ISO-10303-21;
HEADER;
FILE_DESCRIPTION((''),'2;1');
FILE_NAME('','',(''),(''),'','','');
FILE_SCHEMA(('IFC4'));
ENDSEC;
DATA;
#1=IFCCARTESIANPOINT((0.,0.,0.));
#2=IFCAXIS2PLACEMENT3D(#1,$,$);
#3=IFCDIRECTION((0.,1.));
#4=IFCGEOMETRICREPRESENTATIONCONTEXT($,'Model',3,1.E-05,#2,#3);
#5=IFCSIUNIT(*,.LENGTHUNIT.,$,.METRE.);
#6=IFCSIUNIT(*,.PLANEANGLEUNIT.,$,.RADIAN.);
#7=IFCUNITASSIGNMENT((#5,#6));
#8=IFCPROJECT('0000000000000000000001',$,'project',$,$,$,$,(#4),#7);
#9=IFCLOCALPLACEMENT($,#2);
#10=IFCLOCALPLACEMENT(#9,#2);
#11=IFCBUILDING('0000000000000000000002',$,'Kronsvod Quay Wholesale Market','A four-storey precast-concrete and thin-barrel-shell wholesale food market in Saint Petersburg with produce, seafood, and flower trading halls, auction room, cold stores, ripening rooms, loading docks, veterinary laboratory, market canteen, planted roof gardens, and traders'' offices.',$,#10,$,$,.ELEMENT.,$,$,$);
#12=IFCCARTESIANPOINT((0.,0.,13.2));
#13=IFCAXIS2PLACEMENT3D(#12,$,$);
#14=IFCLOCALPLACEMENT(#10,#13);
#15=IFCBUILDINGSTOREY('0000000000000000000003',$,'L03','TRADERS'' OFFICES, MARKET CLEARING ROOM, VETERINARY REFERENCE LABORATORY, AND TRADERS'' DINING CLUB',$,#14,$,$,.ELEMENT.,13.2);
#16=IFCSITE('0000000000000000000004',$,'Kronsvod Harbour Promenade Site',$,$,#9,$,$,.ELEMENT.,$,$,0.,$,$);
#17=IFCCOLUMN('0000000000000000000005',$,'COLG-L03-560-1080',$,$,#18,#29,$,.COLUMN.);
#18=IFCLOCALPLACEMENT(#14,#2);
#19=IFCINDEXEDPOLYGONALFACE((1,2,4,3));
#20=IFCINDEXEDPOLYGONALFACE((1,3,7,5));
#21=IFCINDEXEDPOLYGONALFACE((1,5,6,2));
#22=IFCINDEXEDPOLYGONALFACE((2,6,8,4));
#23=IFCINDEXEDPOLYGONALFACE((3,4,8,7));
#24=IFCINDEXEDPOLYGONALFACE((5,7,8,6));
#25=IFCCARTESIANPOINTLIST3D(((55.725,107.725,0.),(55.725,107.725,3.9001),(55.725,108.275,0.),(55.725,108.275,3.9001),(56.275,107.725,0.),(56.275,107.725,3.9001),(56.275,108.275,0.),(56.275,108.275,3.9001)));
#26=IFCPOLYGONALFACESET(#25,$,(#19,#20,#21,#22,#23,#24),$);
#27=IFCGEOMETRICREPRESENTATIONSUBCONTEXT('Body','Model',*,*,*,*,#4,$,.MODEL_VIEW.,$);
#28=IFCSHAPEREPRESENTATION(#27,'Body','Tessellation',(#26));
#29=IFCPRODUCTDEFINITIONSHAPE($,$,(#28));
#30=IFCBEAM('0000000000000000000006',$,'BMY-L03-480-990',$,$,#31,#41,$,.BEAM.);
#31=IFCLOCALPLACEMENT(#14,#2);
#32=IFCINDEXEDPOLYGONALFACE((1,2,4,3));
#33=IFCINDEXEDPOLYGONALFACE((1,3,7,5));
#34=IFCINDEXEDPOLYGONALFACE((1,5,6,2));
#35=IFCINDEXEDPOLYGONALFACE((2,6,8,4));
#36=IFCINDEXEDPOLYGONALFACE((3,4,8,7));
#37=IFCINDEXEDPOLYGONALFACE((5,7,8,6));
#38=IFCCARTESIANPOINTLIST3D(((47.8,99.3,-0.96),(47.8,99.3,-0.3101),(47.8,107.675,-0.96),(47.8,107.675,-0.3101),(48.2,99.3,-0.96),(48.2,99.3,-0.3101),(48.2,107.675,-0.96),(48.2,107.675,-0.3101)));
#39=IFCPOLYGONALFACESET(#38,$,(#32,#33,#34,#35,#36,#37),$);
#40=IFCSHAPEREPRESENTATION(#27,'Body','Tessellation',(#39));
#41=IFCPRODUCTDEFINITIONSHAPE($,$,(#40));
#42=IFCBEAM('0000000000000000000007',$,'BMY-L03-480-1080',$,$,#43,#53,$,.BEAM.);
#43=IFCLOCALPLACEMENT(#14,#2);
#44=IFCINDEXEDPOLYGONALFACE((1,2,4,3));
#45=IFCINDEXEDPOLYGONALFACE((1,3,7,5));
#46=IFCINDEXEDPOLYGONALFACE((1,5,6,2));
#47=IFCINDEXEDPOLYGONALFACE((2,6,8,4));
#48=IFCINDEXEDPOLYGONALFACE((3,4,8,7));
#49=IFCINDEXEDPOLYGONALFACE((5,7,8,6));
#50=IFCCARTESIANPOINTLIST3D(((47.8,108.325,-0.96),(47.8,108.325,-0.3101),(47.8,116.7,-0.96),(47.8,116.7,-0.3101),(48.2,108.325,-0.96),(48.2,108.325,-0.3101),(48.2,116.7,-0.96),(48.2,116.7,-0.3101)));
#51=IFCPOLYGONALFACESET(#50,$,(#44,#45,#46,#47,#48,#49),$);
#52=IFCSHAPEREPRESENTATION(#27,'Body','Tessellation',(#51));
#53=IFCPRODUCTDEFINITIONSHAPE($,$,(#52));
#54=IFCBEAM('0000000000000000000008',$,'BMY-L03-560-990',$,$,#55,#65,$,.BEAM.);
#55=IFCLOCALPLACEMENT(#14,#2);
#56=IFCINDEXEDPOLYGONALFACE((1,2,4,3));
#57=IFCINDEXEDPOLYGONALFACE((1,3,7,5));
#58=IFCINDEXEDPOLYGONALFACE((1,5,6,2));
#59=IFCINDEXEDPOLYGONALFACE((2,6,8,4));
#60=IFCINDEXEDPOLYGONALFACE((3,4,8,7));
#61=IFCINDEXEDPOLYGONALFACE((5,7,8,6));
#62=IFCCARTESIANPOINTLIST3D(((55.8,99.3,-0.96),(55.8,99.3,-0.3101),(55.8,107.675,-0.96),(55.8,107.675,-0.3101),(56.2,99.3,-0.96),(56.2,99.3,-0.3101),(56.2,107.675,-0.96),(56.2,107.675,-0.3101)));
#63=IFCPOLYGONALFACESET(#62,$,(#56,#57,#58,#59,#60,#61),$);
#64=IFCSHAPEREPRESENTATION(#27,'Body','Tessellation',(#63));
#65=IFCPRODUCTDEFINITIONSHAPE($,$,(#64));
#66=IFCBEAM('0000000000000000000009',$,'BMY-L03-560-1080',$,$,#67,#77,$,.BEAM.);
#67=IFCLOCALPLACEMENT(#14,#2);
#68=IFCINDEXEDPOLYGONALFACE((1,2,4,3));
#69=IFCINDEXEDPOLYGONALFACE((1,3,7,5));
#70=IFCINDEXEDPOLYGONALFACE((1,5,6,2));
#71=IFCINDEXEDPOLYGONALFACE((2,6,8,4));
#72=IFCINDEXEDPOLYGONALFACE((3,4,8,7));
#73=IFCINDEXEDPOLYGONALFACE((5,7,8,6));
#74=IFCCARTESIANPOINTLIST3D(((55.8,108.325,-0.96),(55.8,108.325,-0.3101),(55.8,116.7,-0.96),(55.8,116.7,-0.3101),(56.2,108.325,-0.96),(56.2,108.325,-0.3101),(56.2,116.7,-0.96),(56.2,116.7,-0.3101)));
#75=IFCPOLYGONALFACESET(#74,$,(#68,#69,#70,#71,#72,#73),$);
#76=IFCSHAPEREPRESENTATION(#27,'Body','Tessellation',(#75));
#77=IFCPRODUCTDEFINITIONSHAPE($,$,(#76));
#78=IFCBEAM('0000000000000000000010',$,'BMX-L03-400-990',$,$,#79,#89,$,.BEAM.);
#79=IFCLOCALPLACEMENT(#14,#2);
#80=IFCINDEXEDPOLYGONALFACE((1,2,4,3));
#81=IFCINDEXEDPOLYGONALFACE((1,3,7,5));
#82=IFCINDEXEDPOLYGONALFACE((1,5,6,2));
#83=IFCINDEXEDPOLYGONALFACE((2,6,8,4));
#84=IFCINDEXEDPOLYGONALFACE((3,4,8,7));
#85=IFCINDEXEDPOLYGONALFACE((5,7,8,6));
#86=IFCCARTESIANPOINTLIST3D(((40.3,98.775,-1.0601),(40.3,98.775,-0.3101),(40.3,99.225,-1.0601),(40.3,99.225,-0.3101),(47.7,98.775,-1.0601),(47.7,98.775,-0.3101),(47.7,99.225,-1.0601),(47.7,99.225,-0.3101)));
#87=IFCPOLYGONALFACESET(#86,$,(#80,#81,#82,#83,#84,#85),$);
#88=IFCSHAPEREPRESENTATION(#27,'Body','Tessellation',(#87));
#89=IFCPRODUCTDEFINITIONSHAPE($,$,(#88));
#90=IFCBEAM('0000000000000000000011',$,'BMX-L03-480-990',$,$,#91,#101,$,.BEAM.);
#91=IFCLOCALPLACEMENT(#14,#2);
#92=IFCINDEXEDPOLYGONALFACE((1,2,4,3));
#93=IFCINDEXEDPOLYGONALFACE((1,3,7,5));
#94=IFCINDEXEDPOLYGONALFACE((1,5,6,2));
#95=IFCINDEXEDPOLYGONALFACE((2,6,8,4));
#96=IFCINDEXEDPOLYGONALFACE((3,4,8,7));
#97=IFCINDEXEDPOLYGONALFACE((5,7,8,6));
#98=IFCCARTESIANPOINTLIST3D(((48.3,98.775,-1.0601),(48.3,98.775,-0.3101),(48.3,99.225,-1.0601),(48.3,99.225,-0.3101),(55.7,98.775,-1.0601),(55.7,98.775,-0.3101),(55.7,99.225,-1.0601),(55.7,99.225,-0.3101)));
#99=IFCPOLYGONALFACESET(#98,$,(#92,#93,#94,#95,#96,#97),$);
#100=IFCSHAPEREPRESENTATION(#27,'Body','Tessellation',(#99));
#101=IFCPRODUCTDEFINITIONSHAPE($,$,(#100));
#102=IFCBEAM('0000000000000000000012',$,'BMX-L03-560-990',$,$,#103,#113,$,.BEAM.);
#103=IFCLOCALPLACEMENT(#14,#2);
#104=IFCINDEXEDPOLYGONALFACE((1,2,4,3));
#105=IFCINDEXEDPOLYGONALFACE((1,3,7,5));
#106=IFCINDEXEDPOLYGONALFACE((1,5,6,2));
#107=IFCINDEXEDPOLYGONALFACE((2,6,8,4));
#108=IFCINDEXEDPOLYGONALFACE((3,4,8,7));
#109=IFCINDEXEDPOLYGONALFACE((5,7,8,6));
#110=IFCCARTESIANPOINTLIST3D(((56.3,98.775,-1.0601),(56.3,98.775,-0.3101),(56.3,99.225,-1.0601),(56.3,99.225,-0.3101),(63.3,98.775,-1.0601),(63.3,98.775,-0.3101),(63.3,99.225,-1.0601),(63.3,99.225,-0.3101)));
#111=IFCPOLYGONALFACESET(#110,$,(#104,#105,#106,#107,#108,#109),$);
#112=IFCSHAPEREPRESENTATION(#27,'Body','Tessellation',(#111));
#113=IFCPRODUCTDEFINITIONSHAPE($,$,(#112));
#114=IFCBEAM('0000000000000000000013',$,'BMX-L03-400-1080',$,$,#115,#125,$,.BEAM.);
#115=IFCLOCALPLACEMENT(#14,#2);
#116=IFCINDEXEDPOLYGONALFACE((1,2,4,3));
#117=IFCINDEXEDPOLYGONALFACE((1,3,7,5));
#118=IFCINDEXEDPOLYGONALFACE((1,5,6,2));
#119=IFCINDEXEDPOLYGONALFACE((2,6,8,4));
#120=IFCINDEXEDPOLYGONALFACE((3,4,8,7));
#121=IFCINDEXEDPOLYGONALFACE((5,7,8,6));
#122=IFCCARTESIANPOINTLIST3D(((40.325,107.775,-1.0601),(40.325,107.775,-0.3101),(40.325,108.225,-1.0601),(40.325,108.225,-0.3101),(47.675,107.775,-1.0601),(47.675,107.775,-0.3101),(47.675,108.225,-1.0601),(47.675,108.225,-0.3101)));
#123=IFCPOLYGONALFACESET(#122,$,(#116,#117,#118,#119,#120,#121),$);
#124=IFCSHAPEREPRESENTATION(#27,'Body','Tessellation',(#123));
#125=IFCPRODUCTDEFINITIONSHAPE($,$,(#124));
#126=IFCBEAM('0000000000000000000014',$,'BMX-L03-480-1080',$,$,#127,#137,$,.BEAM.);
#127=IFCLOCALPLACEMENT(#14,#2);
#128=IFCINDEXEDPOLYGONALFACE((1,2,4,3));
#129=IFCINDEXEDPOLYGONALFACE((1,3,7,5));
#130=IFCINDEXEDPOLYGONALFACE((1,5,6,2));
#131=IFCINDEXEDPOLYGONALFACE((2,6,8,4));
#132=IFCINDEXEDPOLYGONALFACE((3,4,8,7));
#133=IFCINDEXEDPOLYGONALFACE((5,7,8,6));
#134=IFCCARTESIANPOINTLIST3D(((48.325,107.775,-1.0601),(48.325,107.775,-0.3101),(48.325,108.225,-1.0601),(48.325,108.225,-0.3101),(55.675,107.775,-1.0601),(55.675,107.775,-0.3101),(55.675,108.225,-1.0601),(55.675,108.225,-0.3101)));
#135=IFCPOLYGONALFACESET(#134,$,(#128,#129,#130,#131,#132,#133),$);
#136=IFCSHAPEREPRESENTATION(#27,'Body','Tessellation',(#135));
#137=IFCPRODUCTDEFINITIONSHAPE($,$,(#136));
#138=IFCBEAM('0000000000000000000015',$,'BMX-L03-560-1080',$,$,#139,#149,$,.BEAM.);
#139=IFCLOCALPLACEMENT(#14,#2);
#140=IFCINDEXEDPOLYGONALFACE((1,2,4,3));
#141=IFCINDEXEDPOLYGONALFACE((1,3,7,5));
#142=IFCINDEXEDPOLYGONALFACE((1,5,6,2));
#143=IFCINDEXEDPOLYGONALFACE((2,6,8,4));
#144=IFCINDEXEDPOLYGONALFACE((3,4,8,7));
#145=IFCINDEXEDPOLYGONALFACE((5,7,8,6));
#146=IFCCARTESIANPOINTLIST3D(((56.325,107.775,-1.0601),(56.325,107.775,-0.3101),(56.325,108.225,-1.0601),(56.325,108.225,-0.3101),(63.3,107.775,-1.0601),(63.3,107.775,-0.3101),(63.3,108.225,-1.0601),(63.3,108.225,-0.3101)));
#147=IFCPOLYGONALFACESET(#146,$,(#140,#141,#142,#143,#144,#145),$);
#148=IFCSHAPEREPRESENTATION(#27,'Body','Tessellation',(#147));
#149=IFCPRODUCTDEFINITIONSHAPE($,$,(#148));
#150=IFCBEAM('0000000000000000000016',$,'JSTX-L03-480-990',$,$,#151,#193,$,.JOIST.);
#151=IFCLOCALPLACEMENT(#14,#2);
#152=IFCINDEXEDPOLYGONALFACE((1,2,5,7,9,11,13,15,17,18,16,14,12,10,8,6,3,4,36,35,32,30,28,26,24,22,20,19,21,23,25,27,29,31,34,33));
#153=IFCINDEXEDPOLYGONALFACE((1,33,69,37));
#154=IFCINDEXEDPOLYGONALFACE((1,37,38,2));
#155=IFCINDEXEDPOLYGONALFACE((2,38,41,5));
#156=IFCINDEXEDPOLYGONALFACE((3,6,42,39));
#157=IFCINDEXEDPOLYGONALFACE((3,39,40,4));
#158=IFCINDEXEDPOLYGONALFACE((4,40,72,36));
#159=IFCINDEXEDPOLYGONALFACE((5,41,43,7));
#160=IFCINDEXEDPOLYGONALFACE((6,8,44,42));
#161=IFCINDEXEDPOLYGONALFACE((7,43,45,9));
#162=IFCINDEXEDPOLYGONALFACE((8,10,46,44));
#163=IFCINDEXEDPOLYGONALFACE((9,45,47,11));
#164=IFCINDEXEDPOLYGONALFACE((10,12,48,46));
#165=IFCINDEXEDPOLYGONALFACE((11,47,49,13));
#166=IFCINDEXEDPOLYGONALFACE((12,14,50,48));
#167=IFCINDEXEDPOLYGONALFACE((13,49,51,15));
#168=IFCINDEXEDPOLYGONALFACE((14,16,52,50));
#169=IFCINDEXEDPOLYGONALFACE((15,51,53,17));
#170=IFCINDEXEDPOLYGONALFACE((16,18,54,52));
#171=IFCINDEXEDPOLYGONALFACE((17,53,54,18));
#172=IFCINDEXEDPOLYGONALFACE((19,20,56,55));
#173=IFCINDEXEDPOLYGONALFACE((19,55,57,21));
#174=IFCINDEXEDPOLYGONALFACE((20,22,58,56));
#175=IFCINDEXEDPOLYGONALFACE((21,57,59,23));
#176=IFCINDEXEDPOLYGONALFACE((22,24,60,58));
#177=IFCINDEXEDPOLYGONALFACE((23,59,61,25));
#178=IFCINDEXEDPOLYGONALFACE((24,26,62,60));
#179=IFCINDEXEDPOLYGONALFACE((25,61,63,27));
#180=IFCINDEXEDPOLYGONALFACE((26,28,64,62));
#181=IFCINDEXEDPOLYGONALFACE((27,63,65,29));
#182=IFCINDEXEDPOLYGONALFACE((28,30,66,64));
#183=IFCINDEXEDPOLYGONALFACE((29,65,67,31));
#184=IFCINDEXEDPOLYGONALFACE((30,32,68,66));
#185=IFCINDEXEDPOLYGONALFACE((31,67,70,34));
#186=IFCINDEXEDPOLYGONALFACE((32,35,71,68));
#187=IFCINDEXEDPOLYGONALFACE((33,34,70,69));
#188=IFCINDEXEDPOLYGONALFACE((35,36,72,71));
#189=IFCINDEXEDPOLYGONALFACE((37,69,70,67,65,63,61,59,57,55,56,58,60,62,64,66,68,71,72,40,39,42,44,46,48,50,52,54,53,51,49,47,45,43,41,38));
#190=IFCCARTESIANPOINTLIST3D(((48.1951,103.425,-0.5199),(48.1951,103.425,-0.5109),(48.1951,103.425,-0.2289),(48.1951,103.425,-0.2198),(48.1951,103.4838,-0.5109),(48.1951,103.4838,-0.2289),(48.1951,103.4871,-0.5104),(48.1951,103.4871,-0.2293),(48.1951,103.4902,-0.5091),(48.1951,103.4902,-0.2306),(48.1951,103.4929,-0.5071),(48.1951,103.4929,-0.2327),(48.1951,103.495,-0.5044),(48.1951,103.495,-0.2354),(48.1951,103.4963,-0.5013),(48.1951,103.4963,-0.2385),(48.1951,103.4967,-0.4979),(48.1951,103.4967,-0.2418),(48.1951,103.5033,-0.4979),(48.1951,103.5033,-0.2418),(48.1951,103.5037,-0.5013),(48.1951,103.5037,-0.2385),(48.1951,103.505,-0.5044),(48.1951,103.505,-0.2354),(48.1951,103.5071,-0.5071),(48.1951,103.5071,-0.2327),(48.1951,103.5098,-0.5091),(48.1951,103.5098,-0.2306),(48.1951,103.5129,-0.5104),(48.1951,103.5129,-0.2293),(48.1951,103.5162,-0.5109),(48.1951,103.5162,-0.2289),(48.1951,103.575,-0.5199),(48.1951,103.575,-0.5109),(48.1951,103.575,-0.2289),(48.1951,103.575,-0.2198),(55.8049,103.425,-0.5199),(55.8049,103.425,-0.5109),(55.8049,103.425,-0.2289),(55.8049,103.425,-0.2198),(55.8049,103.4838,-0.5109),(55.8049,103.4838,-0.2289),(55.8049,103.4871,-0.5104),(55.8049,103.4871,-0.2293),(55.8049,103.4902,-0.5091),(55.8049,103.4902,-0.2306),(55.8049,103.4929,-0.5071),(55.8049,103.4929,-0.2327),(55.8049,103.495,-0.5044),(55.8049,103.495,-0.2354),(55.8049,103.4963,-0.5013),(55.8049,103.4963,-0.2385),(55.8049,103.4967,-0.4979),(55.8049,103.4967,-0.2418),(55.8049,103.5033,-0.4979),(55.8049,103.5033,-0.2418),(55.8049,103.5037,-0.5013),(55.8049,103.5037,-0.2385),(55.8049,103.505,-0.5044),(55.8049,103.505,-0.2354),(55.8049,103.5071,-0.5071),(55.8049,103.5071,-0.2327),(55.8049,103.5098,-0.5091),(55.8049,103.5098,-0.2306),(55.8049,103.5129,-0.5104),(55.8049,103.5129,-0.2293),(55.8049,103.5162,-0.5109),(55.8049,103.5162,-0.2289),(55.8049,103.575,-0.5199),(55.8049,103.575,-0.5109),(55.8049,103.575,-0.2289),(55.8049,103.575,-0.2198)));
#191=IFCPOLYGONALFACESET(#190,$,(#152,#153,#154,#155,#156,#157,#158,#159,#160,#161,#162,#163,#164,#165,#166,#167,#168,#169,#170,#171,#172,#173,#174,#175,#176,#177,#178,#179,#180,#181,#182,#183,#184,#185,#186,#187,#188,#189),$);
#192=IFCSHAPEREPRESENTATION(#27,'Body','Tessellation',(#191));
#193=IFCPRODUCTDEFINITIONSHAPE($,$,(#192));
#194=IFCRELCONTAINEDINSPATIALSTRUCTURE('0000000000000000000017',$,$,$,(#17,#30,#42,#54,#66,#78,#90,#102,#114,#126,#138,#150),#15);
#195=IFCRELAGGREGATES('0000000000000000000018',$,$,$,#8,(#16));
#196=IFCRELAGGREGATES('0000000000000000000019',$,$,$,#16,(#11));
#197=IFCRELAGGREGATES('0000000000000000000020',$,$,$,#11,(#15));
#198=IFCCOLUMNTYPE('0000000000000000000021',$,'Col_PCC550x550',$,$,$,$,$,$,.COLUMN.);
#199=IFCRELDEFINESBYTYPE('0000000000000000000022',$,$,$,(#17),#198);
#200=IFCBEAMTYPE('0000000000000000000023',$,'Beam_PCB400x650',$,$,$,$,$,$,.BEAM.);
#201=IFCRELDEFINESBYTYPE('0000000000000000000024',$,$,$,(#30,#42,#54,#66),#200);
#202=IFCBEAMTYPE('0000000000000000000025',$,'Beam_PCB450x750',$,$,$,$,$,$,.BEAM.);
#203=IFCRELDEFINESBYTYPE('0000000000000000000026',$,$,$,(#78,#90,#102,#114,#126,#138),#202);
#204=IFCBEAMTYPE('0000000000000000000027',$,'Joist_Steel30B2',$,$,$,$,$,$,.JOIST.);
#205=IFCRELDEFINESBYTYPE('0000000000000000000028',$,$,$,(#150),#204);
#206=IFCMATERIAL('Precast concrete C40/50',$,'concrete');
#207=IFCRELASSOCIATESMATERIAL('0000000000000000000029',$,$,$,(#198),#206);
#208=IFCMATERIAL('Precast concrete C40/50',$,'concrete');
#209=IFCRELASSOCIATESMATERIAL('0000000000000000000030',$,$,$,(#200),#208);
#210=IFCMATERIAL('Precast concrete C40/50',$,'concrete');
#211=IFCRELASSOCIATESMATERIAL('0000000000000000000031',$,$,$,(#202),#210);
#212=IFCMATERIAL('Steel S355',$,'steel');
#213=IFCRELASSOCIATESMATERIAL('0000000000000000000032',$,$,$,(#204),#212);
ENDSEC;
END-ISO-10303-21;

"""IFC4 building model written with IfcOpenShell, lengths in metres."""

from ifc_helpers import new_model, si_unit, direction, frame, origin, origin_2d, place, context, subcontext, project, spatial, rectangle, i_section, extrude, material, material_profile, profile_set, type_object, element, save


model = new_model("IFC4")

# Units and contexts
model_context = context("Model", 3, precision=1e-05, world=origin(), true_north=direction((0.0, 1.0)))
body_context = subcontext(model_context, "Body", "Model", "MODEL_VIEW")
ifc_project = project(units=[si_unit("LENGTHUNIT", "METRE"), si_unit("PLANEANGLEUNIT", "RADIAN")], contexts=[model_context])

# Site, building, storey
site_placement = place(None, origin())
site = spatial("IfcSite", under=ifc_project, at=site_placement, Name="Kronsvod Harbour Promenade Site", CompositionType="ELEMENT", RefElevation=0.0)
building_placement = place(site_placement, origin())
building = spatial("IfcBuilding", under=site, at=building_placement, Name="Kronsvod Quay Wholesale Market", Description="A four-storey precast-concrete and thin-barrel-shell wholesale food market in Saint Petersburg with produce, seafood, and flower trading halls, auction room, cold stores, ripening rooms, loading docks, veterinary laboratory, market canteen, planted roof gardens, and traders' offices.", CompositionType="ELEMENT")
storey_placement = place(building_placement, frame((0.0, 0.0, 13.2)))
storey = spatial("IfcBuildingStorey", under=building, at=storey_placement, Name="L03", Description="TRADERS' OFFICES, MARKET CLEARING ROOM, VETERINARY REFERENCE LABORATORY, AND TRADERS' DINING CLUB", CompositionType="ELEMENT", Elevation=13.2)

# Column
ifc_material_1 = material(Name="Precast concrete C40/50", Category="concrete")
ifc_material_profile_1 = material_profile(ifc_material_1, rectangle(XDim=0.55, YDim=0.55, at=origin_2d()), Name="COL-09")
ifc_profile_set_1 = profile_set([ifc_material_profile_1], Name="Precast concrete C40/50")
column_type = type_object("IfcColumnType", Name="Col_PCC550x550", PredefinedType="COLUMN", material=ifc_profile_set_1)
column_placement = place(storey_placement, frame((56.0, 108.0, 0.0), z_axis=(0.0, 0.0, 1.0), x_axis=(1.0, 0.0, 0.0)))
element("IfcColumn", 1, at=column_placement, inside=storey, type_object=column_type, Name="COLG-L03-560-1080", PredefinedType="COLUMN", context=body_context, shape_type="SweptSolid", body=[
    extrude(rectangle(XDim=0.55, YDim=0.55, at=origin_2d()), origin(), (0.0, 0.0, 1.0), 3.9001),
])

# Beams
ifc_material_2 = material(Name="Precast concrete C40/50", Category="concrete")
ifc_material_profile_2 = material_profile(ifc_material_2, rectangle(XDim=0.3999, YDim=0.6499, at=origin_2d()), Name="PCB400x650")
ifc_profile_set_2 = profile_set([ifc_material_profile_2], Name="Precast concrete C40/50")
beam_type_1 = type_object("IfcBeamType", Name="Beam_PCB400x650", PredefinedType="BEAM", material=ifc_profile_set_2)
for number, where, z_axis, x_axis, name in (
    (2, (48.0, 99.3, -0.635), (0.0, 1.0, 0.0), (-1.0, 0.0, 0.0), "BMY-L03-480-990"),
    (3, (48.0, 108.325, -0.635), (0.0, 1.0, 0.0), (-1.0, 0.0, 0.0), "BMY-L03-480-1080"),
    (4, (56.0, 99.3, -0.635), (0.0, 1.0, 0.0), (-1.0, 0.0, 0.0), "BMY-L03-560-990"),
    (5, (56.0, 108.325, -0.635), (0.0, 1.0, 0.0), (-1.0, 0.0, 0.0), "BMY-L03-560-1080"),
):
    element("IfcBeam", number, at=place(storey_placement, frame(where, z_axis=z_axis, x_axis=x_axis)), inside=storey, type_object=beam_type_1, Name=name, PredefinedType="BEAM", context=body_context, shape_type="SweptSolid", body=[
        extrude(rectangle(XDim=0.3999, YDim=0.6499, at=origin_2d()), origin(), (0.0, 0.0, 1.0), 8.375),
    ])
ifc_material_3 = material(Name="Precast concrete C40/50", Category="concrete")
ifc_material_profile_3 = material_profile(ifc_material_3, rectangle(XDim=0.45, YDim=0.75, at=origin_2d()), Name="PCB450x750")
ifc_profile_set_3 = profile_set([ifc_material_profile_3], Name="Precast concrete C40/50")
beam_type_2 = type_object("IfcBeamType", Name="Beam_PCB450x750", PredefinedType="BEAM", material=ifc_profile_set_3)
for number, where, z_axis, x_axis, name in (
    (6, (40.3, 99.0, -0.6851), (1.0, 0.0, 0.0), (0.0, 1.0, 0.0), "BMX-L03-400-990"),
    (7, (48.3, 99.0, -0.6851), (1.0, 0.0, 0.0), (0.0, 1.0, 0.0), "BMX-L03-480-990"),
):
    element("IfcBeam", number, at=place(storey_placement, frame(where, z_axis=z_axis, x_axis=x_axis)), inside=storey, type_object=beam_type_2, Name=name, PredefinedType="BEAM", context=body_context, shape_type="SweptSolid", body=[
        extrude(rectangle(XDim=0.45, YDim=0.75, at=origin_2d()), origin(), (0.0, 0.0, 1.0), 7.3999),
    ])
beam_1_placement = place(storey_placement, frame((56.3, 99.0, -0.6851), z_axis=(1.0, 0.0, 0.0), x_axis=(0.0, 1.0, 0.0)))
element("IfcBeam", 8, at=beam_1_placement, inside=storey, type_object=beam_type_2, Name="BMX-L03-560-990", PredefinedType="BEAM", context=body_context, shape_type="SweptSolid", body=[
    extrude(rectangle(XDim=0.45, YDim=0.75, at=origin_2d()), origin(), (0.0, 0.0, 1.0), 7.0),
])
for number, where, z_axis, x_axis, name in (
    (9, (40.325, 108.0, -0.6851), (1.0, 0.0, 0.0), (0.0, 1.0, 0.0), "BMX-L03-400-1080"),
    (10, (48.325, 108.0, -0.6851), (1.0, 0.0, 0.0), (0.0, 1.0, 0.0), "BMX-L03-480-1080"),
):
    element("IfcBeam", number, at=place(storey_placement, frame(where, z_axis=z_axis, x_axis=x_axis)), inside=storey, type_object=beam_type_2, Name=name, PredefinedType="BEAM", context=body_context, shape_type="SweptSolid", body=[
        extrude(rectangle(XDim=0.45, YDim=0.75, at=origin_2d()), origin(), (0.0, 0.0, 1.0), 7.3501),
    ])
beam_2_placement = place(storey_placement, frame((56.325, 108.0, -0.6851), z_axis=(1.0, 0.0, 0.0), x_axis=(0.0, 1.0, 0.0)))
element("IfcBeam", 11, at=beam_2_placement, inside=storey, type_object=beam_type_2, Name="BMX-L03-560-1080", PredefinedType="BEAM", context=body_context, shape_type="SweptSolid", body=[
    extrude(rectangle(XDim=0.45, YDim=0.75, at=origin_2d()), origin(), (0.0, 0.0, 1.0), 6.9751),
])
ifc_material_4 = material(Name="Steel S355", Category="steel")
ifc_material_profile_4 = material_profile(ifc_material_4, i_section(OverallWidth=0.1499, OverallDepth=0.3, WebThickness=0.0066, FlangeThickness=0.009, FilletRadius=0.0129, at=origin_2d()), Name="30B2")
ifc_profile_set_4 = profile_set([ifc_material_profile_4], Name="Steel S355")
beam_type_3 = type_object("IfcBeamType", Name="Joist_Steel30B2", PredefinedType="JOIST", material=ifc_profile_set_4)
beam_3_placement = place(storey_placement, frame((48.1951, 103.5, -0.3699), z_axis=(1.0, 0.0, 0.0), x_axis=(0.0, 1.0, 0.0)))
element("IfcBeam", 12, at=beam_3_placement, inside=storey, type_object=beam_type_3, Name="JSTX-L03-480-990", PredefinedType="JOIST", context=body_context, shape_type="SweptSolid", body=[
    extrude(i_section(OverallWidth=0.1499, OverallDepth=0.3, WebThickness=0.0066, FlangeThickness=0.009, FilletRadius=0.0129, at=origin_2d()), origin(), (0.0, 0.0, 1.0), 7.6099),
])

save(model, "model.ifc")
